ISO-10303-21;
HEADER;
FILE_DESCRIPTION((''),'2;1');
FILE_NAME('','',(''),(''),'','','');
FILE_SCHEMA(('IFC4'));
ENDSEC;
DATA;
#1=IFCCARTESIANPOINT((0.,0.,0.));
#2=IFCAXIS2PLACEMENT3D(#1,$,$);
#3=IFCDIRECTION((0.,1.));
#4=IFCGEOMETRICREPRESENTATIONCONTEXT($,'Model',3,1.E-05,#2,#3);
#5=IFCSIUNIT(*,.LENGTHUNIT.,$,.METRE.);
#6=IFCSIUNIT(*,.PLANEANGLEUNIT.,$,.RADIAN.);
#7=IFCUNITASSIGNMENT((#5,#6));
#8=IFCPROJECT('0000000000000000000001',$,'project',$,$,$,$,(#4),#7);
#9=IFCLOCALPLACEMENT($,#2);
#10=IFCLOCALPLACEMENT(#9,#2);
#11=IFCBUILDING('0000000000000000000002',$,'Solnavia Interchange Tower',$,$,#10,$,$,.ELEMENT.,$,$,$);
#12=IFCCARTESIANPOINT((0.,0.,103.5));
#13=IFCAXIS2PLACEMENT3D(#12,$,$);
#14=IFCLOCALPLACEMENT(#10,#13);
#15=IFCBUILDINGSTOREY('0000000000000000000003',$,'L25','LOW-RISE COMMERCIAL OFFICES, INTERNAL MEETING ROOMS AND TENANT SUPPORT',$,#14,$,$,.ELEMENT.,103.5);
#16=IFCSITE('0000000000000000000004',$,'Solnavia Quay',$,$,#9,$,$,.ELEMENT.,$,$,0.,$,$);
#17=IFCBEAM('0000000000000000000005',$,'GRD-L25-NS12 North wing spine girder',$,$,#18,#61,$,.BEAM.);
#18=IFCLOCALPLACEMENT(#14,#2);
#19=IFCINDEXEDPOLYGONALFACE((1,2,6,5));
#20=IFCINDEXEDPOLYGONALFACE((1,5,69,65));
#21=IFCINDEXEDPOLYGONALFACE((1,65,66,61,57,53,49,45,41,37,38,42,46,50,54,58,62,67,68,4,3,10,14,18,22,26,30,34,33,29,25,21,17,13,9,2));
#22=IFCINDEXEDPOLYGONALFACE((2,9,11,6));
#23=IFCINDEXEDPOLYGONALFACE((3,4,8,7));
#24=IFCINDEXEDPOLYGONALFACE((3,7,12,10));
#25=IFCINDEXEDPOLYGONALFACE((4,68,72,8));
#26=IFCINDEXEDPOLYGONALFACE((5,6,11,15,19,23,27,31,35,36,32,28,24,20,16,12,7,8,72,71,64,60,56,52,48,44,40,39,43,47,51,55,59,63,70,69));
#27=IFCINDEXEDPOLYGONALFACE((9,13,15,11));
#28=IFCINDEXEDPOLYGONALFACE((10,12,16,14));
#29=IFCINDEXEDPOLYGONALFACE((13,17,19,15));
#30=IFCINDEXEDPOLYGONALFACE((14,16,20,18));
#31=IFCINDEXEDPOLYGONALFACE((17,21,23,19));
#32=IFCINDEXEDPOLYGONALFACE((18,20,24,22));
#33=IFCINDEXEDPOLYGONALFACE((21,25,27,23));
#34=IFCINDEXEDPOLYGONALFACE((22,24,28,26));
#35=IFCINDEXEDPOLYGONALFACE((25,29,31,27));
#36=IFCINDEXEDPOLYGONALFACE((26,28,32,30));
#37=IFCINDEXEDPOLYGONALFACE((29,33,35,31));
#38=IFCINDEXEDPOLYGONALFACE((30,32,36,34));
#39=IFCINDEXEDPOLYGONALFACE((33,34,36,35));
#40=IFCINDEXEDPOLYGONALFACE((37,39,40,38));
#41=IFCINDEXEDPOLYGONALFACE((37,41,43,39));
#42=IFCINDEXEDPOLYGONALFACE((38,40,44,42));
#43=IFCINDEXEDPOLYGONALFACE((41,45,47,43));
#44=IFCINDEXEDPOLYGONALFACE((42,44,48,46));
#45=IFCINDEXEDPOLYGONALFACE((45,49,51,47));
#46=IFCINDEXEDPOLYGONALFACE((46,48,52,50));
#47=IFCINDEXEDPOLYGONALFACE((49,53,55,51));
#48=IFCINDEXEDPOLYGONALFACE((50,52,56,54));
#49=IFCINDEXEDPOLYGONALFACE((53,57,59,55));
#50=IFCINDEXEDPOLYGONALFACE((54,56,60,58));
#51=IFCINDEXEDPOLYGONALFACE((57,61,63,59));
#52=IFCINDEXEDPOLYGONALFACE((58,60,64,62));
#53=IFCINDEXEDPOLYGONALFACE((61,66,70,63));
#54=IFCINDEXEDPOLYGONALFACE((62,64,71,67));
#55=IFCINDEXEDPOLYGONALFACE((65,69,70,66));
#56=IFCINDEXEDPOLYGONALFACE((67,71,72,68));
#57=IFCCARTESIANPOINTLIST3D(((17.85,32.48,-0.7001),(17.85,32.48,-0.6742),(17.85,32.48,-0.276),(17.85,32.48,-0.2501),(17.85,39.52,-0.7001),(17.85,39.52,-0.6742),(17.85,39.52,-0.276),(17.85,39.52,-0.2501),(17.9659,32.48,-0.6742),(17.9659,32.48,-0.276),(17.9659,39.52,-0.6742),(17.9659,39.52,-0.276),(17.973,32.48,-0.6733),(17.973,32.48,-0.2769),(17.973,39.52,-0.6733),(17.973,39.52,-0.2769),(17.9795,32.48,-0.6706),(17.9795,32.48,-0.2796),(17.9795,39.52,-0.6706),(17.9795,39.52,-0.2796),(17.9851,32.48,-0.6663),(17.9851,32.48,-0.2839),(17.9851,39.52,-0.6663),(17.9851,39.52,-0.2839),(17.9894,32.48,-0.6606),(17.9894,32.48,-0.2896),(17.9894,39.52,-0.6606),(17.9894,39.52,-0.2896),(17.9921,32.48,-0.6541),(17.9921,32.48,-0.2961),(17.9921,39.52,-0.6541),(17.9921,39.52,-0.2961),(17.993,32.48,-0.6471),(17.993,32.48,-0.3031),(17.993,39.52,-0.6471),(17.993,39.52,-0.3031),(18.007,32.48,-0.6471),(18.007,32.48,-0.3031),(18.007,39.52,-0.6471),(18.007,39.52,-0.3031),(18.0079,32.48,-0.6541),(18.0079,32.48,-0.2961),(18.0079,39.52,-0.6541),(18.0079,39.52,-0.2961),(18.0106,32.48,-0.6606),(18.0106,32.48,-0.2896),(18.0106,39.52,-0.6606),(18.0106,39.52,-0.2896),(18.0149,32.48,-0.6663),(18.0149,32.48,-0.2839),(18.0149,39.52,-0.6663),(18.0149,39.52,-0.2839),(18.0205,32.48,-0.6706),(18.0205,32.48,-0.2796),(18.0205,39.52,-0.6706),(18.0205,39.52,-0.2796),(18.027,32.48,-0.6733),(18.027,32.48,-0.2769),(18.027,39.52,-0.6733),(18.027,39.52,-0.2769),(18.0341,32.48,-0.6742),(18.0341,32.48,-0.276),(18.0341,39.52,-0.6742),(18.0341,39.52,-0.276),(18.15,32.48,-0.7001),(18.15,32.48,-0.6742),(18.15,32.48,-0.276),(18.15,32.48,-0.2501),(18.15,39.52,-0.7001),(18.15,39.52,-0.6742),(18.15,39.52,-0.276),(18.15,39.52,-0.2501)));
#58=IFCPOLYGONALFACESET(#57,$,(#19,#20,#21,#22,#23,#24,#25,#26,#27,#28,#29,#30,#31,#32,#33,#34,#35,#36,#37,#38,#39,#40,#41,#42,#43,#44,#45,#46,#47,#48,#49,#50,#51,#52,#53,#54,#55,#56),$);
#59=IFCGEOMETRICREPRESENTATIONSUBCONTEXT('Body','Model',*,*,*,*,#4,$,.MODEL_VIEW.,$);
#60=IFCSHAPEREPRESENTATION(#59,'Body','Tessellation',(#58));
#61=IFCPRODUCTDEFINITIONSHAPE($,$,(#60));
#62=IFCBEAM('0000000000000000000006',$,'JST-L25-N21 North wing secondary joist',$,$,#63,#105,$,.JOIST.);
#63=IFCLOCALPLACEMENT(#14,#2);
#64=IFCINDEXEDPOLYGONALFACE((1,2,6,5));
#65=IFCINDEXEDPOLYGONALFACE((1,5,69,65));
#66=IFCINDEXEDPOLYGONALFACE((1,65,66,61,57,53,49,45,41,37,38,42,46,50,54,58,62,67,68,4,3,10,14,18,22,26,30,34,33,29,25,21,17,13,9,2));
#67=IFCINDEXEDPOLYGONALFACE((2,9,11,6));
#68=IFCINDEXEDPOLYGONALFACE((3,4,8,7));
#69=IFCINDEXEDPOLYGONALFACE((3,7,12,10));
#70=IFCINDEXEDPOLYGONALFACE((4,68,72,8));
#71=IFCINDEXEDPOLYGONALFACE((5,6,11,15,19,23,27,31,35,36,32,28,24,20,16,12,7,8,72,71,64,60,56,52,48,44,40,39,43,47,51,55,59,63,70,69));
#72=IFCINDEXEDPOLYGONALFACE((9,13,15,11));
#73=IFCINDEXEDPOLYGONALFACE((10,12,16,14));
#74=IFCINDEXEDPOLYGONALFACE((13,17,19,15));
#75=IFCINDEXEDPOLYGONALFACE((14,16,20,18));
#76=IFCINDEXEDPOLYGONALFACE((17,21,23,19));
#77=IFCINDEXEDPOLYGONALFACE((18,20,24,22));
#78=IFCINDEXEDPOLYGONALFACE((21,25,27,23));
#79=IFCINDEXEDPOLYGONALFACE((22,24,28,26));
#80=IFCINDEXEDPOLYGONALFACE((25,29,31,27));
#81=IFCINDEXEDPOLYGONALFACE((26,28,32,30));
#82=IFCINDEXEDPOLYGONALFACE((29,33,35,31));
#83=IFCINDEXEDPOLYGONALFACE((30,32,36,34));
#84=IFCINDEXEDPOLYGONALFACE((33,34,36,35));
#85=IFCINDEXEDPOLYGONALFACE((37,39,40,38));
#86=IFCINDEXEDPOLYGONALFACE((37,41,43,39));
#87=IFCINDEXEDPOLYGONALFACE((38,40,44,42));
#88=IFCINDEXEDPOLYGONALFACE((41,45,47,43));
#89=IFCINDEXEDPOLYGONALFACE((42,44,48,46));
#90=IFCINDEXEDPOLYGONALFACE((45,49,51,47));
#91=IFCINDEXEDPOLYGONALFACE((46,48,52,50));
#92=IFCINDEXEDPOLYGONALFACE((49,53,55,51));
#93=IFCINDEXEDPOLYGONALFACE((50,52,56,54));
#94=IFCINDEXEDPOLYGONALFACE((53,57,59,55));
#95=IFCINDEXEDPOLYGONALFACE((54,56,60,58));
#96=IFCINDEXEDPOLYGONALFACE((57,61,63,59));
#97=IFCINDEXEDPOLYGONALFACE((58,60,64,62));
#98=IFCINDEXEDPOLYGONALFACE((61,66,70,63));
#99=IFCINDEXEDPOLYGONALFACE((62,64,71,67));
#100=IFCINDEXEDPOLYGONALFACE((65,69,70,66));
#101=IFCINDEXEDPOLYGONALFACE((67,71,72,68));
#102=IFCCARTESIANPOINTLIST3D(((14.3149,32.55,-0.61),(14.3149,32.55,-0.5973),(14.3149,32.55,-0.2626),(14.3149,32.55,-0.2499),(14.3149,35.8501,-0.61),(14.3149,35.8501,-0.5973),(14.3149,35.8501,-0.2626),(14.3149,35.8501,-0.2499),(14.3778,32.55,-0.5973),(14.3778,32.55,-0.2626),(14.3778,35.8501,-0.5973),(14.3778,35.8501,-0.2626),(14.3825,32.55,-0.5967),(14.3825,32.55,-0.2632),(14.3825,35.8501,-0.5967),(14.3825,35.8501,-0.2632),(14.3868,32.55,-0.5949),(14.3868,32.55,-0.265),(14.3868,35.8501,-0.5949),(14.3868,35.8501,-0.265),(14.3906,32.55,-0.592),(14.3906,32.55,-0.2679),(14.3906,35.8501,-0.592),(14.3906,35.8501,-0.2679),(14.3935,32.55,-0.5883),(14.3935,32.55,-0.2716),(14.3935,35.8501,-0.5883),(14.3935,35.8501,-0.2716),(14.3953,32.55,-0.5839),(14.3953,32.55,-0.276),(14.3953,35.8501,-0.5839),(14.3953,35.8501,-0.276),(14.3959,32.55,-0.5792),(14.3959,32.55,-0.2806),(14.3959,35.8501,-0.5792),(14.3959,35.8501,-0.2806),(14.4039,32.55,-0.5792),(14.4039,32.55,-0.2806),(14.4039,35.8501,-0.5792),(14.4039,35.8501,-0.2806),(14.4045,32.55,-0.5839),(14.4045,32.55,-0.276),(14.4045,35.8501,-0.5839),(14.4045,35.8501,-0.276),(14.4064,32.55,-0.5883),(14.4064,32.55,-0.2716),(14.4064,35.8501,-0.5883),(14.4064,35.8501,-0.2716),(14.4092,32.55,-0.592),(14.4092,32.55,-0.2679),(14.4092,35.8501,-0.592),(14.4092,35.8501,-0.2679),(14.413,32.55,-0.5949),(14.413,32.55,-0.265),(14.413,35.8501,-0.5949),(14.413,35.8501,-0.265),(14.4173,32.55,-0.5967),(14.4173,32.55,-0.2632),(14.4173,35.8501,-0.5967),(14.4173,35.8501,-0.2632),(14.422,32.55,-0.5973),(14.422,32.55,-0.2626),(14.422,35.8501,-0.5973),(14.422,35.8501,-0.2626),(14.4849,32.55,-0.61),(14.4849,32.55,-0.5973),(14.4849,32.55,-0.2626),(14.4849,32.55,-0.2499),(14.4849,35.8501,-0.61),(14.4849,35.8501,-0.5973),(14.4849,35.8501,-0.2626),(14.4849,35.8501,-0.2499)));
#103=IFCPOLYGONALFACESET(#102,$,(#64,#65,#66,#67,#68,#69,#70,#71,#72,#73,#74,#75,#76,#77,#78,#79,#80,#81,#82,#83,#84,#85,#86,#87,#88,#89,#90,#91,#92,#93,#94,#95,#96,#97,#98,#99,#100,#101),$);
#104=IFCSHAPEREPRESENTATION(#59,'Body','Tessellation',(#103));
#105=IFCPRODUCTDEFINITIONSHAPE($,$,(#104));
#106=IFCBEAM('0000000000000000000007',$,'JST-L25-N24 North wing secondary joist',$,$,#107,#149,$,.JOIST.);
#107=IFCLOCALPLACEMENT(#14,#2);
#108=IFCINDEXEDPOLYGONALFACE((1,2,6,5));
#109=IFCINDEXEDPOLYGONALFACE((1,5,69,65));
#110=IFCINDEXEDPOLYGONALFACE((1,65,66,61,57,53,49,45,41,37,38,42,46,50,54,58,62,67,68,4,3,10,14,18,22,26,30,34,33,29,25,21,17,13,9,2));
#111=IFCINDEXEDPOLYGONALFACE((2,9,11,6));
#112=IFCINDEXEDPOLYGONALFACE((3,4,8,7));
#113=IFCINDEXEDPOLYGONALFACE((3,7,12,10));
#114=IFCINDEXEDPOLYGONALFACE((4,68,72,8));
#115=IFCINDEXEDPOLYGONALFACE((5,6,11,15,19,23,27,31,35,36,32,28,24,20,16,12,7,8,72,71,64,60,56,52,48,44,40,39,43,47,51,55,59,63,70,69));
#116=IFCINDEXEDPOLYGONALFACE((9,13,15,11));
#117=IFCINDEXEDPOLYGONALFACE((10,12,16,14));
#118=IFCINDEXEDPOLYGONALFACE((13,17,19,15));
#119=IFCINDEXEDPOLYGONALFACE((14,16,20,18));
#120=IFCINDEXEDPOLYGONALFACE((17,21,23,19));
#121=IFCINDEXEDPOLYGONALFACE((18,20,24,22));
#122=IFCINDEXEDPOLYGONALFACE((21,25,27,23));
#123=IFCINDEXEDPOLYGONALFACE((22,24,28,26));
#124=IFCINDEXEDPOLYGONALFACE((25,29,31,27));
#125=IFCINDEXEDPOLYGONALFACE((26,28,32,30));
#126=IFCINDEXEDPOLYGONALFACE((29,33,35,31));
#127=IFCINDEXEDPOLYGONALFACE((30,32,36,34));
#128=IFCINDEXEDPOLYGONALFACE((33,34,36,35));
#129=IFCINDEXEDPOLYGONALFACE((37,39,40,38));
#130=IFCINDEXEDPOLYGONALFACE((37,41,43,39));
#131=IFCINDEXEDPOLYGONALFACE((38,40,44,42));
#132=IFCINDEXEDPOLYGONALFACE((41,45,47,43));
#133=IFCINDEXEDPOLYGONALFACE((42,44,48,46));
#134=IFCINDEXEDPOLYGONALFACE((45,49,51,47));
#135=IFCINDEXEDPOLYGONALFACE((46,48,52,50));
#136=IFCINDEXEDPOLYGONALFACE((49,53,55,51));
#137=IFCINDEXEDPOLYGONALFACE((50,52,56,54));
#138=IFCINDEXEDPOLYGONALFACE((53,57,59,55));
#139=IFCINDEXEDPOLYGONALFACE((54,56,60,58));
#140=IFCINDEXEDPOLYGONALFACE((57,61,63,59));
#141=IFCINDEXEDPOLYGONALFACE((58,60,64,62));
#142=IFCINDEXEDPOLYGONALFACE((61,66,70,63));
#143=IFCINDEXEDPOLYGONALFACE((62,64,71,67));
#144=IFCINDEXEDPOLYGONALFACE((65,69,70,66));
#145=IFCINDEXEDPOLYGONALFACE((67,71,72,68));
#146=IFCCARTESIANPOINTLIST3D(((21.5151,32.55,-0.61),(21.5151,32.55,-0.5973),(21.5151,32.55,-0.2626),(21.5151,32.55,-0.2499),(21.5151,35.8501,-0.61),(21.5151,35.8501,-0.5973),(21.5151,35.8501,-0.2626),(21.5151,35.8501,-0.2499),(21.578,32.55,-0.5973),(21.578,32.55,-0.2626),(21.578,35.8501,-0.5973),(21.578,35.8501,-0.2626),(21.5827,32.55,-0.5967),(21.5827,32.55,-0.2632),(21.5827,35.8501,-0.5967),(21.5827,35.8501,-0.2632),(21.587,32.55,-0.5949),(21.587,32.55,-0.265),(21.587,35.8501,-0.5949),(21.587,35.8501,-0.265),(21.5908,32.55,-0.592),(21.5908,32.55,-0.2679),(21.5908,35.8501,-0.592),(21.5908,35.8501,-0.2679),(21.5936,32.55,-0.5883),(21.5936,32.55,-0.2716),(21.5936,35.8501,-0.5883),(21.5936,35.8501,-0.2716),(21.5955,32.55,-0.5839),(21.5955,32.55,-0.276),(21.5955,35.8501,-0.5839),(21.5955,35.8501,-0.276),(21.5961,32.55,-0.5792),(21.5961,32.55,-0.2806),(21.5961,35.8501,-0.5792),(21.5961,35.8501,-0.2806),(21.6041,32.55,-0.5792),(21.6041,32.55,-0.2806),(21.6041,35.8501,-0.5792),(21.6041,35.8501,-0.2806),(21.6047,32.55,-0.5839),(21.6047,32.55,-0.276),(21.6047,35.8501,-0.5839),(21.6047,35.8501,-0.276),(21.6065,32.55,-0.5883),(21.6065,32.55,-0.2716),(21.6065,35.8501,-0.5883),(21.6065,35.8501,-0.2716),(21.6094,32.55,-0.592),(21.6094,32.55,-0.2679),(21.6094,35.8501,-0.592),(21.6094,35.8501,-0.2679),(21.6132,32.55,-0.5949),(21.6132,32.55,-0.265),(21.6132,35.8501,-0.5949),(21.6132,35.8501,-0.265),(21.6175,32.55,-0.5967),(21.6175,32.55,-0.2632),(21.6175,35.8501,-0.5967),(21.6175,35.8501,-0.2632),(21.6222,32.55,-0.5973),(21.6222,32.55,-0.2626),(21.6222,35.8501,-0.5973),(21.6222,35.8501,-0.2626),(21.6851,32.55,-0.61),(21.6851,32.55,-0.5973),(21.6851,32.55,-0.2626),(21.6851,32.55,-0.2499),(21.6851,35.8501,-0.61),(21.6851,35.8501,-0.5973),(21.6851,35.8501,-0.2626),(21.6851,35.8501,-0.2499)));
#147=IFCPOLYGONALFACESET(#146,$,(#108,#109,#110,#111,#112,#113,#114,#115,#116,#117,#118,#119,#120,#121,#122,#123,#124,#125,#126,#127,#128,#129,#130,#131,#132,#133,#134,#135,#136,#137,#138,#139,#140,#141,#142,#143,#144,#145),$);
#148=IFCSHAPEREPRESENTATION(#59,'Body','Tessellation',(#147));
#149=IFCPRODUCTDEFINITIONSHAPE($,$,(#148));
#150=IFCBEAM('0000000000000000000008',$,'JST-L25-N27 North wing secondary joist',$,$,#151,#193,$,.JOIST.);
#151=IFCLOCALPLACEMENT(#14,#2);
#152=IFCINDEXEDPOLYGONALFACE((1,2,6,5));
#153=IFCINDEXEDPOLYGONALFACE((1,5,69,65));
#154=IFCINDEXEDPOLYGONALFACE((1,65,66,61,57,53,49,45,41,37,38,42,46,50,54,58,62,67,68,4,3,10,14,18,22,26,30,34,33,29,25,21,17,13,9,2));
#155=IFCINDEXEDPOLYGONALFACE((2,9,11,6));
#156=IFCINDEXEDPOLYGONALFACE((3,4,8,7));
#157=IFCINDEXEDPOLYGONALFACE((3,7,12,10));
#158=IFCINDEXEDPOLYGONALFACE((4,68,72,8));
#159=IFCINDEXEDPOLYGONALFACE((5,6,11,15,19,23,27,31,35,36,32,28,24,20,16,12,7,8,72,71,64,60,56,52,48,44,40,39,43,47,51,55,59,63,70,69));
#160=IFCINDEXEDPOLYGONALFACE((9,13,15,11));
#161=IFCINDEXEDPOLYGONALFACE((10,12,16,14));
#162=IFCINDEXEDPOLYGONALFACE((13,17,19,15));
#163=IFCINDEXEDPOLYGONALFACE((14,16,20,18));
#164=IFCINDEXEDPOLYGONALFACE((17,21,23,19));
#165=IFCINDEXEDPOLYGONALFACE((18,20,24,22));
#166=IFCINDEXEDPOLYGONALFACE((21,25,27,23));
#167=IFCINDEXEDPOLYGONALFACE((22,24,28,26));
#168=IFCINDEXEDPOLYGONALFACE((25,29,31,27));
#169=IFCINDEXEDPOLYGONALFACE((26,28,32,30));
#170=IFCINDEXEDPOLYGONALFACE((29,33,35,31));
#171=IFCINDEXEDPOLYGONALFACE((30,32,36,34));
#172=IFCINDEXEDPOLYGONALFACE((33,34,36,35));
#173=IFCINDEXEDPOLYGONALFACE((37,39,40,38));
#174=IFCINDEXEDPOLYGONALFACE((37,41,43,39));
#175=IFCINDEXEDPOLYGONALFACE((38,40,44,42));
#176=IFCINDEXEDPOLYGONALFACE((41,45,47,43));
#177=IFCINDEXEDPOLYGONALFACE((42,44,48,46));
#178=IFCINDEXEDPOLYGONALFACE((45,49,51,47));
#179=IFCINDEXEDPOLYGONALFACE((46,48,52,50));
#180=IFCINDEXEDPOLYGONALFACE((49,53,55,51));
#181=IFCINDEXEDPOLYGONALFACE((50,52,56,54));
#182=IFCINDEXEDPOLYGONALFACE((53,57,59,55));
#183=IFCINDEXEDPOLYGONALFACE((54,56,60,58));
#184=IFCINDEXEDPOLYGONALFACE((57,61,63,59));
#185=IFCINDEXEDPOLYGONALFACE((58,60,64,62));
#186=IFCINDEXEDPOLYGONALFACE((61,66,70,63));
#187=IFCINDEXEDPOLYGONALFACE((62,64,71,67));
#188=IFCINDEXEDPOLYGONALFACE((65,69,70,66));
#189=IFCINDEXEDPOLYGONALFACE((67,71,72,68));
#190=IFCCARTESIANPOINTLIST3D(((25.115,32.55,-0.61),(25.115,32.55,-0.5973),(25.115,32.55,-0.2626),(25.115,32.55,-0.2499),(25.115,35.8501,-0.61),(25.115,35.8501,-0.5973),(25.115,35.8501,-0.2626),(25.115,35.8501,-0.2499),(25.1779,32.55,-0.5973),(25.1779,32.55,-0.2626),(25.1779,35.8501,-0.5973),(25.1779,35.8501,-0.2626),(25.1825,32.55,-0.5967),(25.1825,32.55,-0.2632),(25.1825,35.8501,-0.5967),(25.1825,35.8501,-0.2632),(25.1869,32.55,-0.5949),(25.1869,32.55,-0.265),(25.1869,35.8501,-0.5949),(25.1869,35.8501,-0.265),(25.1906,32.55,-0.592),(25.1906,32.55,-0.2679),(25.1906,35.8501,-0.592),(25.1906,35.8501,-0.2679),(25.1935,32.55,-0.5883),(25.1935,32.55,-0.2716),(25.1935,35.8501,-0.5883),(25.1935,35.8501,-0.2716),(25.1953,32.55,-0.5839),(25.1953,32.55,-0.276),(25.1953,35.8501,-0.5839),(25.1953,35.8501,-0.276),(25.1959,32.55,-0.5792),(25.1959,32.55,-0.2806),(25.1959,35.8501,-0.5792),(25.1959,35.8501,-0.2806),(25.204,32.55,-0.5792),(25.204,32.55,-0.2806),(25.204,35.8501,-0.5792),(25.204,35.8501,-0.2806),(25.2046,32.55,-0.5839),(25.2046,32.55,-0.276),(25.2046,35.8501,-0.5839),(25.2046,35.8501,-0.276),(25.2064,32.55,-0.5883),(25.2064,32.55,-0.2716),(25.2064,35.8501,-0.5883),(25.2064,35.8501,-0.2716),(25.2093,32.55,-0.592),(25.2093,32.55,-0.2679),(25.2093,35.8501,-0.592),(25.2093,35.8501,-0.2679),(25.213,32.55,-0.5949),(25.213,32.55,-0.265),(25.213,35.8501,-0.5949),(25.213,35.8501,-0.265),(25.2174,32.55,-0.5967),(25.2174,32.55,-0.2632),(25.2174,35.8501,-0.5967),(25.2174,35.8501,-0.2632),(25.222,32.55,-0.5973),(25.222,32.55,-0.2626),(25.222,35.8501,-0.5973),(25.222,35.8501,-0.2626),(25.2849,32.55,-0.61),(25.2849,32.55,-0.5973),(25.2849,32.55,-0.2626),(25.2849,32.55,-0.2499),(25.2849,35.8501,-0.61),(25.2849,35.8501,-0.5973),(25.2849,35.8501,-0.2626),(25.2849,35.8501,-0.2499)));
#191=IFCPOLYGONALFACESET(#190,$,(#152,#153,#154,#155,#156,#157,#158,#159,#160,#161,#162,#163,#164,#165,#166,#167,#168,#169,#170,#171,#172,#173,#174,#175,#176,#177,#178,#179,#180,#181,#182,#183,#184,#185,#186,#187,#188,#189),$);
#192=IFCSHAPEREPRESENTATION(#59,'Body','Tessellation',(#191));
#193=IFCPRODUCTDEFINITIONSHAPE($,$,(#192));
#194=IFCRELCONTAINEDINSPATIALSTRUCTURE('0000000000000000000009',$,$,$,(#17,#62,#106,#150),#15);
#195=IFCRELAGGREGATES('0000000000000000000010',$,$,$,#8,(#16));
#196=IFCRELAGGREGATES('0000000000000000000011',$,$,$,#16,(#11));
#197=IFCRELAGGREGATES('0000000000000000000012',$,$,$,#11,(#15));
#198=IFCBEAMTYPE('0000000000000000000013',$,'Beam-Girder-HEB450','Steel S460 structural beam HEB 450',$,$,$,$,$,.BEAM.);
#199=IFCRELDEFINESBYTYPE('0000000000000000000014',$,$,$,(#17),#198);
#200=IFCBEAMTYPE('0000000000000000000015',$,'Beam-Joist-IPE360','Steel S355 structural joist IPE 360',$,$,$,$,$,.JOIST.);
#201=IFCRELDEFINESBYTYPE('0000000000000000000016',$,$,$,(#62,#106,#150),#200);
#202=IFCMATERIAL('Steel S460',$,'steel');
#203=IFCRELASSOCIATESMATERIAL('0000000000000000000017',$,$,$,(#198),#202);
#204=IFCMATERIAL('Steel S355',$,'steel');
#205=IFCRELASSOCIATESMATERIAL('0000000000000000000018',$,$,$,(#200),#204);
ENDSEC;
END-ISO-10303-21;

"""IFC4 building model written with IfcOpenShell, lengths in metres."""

from ifc_helpers import new_model, si_unit, direction, frame, origin, origin_2d, place, context, subcontext, project, spatial, i_section, extrude, material, material_profile, profile_set, type_object, element, save


model = new_model("IFC4")

# Units and contexts
model_context = context("Model", 3, precision=1e-05, world=origin(), true_north=direction((0.0, 1.0)))
body_context = subcontext(model_context, "Body", "Model", "MODEL_VIEW")
ifc_project = project(units=[si_unit("LENGTHUNIT", "METRE"), si_unit("PLANEANGLEUNIT", "RADIAN")], contexts=[model_context])

# Site, building, storey
site_placement = place(None, origin())
site = spatial("IfcSite", under=ifc_project, at=site_placement, Name="Solnavia Quay", CompositionType="ELEMENT", RefElevation=0.0)
building_placement = place(site_placement, origin())
building = spatial("IfcBuilding", under=site, at=building_placement, Name="Solnavia Interchange Tower", CompositionType="ELEMENT")
storey_placement = place(building_placement, frame((0.0, 0.0, 103.5)))
storey = spatial("IfcBuildingStorey", under=building, at=storey_placement, Name="L25", Description="LOW-RISE COMMERCIAL OFFICES, INTERNAL MEETING ROOMS AND TENANT SUPPORT", CompositionType="ELEMENT", Elevation=103.5)

# Shared definitions
ifc_material_1 = material(Name="Steel S355", Category="steel")

# Beams
ifc_material_2 = material(Name="Steel S460", Category="steel")
ifc_material_profile_1 = material_profile(ifc_material_2, i_section(OverallWidth=0.3, OverallDepth=0.45, WebThickness=0.0139, FlangeThickness=0.0259, FilletRadius=0.0271, at=origin_2d()), Name="HEB 450")
ifc_profile_set_1 = profile_set([ifc_material_profile_1], Name="Steel S460")
beam_type_1 = type_object("IfcBeamType", Name="Beam-Girder-HEB450", Description="Steel S460 structural beam HEB 450", PredefinedType="BEAM", material=ifc_profile_set_1)
for number, where, z_axis, x_axis, name in (
    (1, (18.0, 32.48, -0.4751), (0.0, 1.0, 0.0), (-1.0, 0.0, 0.0), "GRD-L25-NS12 North wing spine girder"),
):
    element("IfcBeam", number, at=place(storey_placement, frame(where, z_axis=z_axis, x_axis=x_axis)), inside=storey, type_object=beam_type_1, Name=name, PredefinedType="BEAM", context=body_context, shape_type="SweptSolid", body=[
        extrude(i_section(OverallWidth=0.3, OverallDepth=0.45, WebThickness=0.0139, FlangeThickness=0.0259, FilletRadius=0.0271, at=origin_2d()), origin(), (0.0, 0.0, 1.0), 7.04),
    ])
ifc_material_profile_2 = material_profile(ifc_material_1, i_section(OverallWidth=0.1699, OverallDepth=0.3601, WebThickness=0.0081, FlangeThickness=0.0127, FilletRadius=0.0181, at=origin_2d()), Name="IPE 360")
ifc_profile_set_2 = profile_set([ifc_material_profile_2], Name="Steel S355")
beam_type_2 = type_object("IfcBeamType", Name="Beam-Joist-IPE360", Description="Steel S355 structural joist IPE 360", PredefinedType="JOIST", material=ifc_profile_set_2)
for number, where, z_axis, x_axis, name in (
    (2, (14.3999, 32.55, -0.4299), (0.0, 1.0, 0.0), (-1.0, 0.0, 0.0), "JST-L25-N21 North wing secondary joist"),
    (3, (21.6001, 32.55, -0.4299), (0.0, 1.0, 0.0), (-1.0, 0.0, 0.0), "JST-L25-N24 North wing secondary joist"),
    (4, (25.2, 32.55, -0.4299), (0.0, 1.0, 0.0), (-1.0, 0.0, 0.0), "JST-L25-N27 North wing secondary joist"),
):
    element("IfcBeam", number, at=place(storey_placement, frame(where, z_axis=z_axis, x_axis=x_axis)), inside=storey, type_object=beam_type_2, Name=name, PredefinedType="JOIST", context=body_context, shape_type="SweptSolid", body=[
        extrude(i_section(OverallWidth=0.1699, OverallDepth=0.3601, WebThickness=0.0081, FlangeThickness=0.0127, FilletRadius=0.0181, at=origin_2d()), origin(), (0.0, 0.0, 1.0), 3.3),
    ])

save(model, "model.ifc")
